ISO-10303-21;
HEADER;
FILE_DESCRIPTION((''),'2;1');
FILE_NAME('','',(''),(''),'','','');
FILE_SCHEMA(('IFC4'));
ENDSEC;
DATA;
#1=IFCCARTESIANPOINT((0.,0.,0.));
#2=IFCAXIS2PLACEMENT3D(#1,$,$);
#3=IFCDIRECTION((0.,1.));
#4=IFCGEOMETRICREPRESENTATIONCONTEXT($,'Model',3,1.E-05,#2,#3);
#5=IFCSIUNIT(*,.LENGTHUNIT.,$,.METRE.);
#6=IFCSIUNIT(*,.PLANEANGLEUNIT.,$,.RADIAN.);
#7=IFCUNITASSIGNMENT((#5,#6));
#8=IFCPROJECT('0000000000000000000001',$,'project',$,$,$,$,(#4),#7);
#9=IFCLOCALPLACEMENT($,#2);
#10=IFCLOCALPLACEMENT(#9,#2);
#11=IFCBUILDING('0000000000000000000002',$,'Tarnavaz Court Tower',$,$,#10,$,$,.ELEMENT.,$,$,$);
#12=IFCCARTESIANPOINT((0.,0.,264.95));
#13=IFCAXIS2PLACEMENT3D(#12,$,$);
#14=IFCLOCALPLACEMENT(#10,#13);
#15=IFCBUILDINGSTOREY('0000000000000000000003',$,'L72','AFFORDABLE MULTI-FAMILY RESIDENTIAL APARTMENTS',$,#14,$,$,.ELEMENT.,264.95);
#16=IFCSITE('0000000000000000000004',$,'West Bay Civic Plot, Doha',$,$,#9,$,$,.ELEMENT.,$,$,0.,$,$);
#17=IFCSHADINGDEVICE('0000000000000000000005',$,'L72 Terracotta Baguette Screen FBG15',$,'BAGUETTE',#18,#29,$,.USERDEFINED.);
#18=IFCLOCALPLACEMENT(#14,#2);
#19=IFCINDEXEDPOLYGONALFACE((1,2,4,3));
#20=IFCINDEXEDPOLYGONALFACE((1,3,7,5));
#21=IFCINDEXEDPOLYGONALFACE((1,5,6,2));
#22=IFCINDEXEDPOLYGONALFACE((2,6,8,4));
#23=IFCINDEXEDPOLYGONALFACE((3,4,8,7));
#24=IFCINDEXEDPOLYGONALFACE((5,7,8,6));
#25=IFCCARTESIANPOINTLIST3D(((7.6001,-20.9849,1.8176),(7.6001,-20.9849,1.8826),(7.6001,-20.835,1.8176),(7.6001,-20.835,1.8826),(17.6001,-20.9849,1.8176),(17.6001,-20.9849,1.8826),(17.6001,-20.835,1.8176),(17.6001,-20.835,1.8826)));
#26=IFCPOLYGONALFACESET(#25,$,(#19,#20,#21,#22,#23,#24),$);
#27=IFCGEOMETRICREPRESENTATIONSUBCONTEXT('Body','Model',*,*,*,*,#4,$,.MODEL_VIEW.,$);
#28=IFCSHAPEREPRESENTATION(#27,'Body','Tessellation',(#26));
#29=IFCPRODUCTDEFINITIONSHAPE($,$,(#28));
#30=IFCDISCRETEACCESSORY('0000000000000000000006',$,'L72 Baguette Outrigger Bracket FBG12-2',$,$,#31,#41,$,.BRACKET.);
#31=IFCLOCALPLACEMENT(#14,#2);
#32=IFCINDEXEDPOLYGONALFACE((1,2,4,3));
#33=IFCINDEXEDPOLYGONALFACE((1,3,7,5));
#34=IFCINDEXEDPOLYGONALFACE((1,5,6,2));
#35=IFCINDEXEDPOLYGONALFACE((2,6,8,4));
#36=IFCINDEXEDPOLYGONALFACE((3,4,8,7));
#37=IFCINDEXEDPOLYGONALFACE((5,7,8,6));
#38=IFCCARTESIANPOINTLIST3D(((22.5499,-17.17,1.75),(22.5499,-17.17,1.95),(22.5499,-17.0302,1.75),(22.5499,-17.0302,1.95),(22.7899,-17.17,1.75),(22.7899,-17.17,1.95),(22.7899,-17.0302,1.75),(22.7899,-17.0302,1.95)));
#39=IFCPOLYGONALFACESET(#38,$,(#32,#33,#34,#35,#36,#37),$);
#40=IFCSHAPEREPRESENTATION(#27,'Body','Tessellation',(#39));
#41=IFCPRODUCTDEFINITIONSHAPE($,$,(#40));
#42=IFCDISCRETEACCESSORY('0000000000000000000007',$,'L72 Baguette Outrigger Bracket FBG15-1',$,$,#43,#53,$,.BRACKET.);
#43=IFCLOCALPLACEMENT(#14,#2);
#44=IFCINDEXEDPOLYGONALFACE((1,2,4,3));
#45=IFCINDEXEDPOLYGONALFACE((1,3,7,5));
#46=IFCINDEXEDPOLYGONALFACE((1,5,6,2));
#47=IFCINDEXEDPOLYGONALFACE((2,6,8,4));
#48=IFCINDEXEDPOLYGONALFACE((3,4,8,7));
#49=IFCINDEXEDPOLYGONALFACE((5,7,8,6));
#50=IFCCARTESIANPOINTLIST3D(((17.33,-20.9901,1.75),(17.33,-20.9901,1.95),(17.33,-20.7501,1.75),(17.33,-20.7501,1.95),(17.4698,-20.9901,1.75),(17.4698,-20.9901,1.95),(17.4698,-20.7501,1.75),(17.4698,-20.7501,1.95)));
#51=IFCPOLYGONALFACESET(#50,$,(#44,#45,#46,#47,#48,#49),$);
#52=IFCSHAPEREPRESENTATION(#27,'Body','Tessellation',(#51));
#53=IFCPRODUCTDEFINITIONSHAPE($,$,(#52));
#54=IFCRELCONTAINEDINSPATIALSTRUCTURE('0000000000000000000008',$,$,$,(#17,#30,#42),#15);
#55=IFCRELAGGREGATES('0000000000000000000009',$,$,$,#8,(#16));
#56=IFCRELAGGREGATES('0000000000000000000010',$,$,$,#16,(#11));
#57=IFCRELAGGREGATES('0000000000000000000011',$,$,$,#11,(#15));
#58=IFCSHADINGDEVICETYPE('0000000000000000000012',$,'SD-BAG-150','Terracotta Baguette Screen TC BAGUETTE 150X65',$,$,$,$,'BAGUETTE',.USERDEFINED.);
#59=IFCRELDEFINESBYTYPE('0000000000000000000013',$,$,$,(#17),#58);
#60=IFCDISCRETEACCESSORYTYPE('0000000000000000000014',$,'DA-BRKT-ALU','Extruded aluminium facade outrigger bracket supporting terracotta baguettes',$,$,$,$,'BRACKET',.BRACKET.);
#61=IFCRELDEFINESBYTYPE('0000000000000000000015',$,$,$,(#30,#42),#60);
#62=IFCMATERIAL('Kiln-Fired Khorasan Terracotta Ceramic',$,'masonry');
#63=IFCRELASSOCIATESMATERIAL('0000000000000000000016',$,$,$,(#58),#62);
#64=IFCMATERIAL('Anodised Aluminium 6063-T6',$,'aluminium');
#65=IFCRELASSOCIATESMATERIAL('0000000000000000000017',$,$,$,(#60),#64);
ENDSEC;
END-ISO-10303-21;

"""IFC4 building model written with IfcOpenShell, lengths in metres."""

from ifc_helpers import new_model, si_unit, direction, frame, origin, origin_2d, place, context, subcontext, project, spatial, rectangle, extrude, material, material_profile, profile_set, type_object, element, save


model = new_model("IFC4")

# Units and contexts
model_context = context("Model", 3, precision=1e-05, world=origin(), true_north=direction((0.0, 1.0)))
body_context = subcontext(model_context, "Body", "Model", "MODEL_VIEW")
ifc_project = project(units=[si_unit("LENGTHUNIT", "METRE"), si_unit("PLANEANGLEUNIT", "RADIAN")], contexts=[model_context])

# Site, building, storey
site_placement = place(None, origin())
site = spatial("IfcSite", under=ifc_project, at=site_placement, Name="West Bay Civic Plot, Doha", CompositionType="ELEMENT", RefElevation=0.0)
building_placement = place(site_placement, origin())
building = spatial("IfcBuilding", under=site, at=building_placement, Name="Tarnavaz Court Tower", CompositionType="ELEMENT")
storey_placement = place(building_placement, frame((0.0, 0.0, 264.95)))
storey = spatial("IfcBuildingStorey", under=building, at=storey_placement, Name="L72", Description="AFFORDABLE MULTI-FAMILY RESIDENTIAL APARTMENTS", CompositionType="ELEMENT", Elevation=264.95)

# Shading device
ifc_material_1 = material(Name="Kiln-Fired Khorasan Terracotta Ceramic", Category="masonry")
ifc_material_profile_1 = material_profile(ifc_material_1, rectangle(XDim=0.1499, YDim=0.0649, at=origin_2d()), Name="TC BAGUETTE 150X65")
ifc_profile_set_1 = profile_set([ifc_material_profile_1], Name="Kiln-Fired Khorasan Terracotta Ceramic")
shading_device_type = type_object("IfcShadingDeviceType", Name="SD-BAG-150", Description="Terracotta Baguette Screen TC BAGUETTE 150X65", ElementType="BAGUETTE", PredefinedType="USERDEFINED", material=ifc_profile_set_1)
shading_device_placement = place(storey_placement, frame((17.6001, -20.9099, 1.8501), z_axis=(-1.0, 0.0, 0.0), x_axis=(0.0, -1.0, 0.0)))
element("IfcShadingDevice", 1, at=shading_device_placement, inside=storey, type_object=shading_device_type, Name="L72 Terracotta Baguette Screen FBG15", ObjectType="BAGUETTE", PredefinedType="USERDEFINED", context=body_context, shape_type="SweptSolid", body=[
    extrude(rectangle(XDim=0.1499, YDim=0.0649, at=origin_2d()), origin(), (0.0, 0.0, 1.0), 10.0),
])

# Discrete accessories
ifc_material_2 = material(Name="Anodised Aluminium 6063-T6", Category="aluminium")
discrete_accessory_type = type_object("IfcDiscreteAccessoryType", Name="DA-BRKT-ALU", Description="Extruded aluminium facade outrigger bracket supporting terracotta baguettes", ElementType="BRACKET", PredefinedType="BRACKET", material=ifc_material_2)
for number, where, z_axis, x_axis, name in (
    (2, (22.6699, -17.1001, 1.75), (0.0, 0.0, 1.0), (0.0, -1.0, 0.0), "L72 Baguette Outrigger Bracket FBG12-2"),
    (3, (17.3999, -20.8701, 1.75), (0.0, 0.0, 1.0), (-1.0, 0.0, 0.0), "L72 Baguette Outrigger Bracket FBG15-1"),
):
    element("IfcDiscreteAccessory", number, at=place(storey_placement, frame(where, z_axis=z_axis, x_axis=x_axis)), inside=storey, type_object=discrete_accessory_type, Name=name, PredefinedType="BRACKET", context=body_context, shape_type="SweptSolid", body=[
        extrude(rectangle(XDim=0.1399, YDim=0.24, at=origin_2d()), origin(), (0.0, 0.0, 1.0), 0.2),
    ])

save(model, "model.ifc")
